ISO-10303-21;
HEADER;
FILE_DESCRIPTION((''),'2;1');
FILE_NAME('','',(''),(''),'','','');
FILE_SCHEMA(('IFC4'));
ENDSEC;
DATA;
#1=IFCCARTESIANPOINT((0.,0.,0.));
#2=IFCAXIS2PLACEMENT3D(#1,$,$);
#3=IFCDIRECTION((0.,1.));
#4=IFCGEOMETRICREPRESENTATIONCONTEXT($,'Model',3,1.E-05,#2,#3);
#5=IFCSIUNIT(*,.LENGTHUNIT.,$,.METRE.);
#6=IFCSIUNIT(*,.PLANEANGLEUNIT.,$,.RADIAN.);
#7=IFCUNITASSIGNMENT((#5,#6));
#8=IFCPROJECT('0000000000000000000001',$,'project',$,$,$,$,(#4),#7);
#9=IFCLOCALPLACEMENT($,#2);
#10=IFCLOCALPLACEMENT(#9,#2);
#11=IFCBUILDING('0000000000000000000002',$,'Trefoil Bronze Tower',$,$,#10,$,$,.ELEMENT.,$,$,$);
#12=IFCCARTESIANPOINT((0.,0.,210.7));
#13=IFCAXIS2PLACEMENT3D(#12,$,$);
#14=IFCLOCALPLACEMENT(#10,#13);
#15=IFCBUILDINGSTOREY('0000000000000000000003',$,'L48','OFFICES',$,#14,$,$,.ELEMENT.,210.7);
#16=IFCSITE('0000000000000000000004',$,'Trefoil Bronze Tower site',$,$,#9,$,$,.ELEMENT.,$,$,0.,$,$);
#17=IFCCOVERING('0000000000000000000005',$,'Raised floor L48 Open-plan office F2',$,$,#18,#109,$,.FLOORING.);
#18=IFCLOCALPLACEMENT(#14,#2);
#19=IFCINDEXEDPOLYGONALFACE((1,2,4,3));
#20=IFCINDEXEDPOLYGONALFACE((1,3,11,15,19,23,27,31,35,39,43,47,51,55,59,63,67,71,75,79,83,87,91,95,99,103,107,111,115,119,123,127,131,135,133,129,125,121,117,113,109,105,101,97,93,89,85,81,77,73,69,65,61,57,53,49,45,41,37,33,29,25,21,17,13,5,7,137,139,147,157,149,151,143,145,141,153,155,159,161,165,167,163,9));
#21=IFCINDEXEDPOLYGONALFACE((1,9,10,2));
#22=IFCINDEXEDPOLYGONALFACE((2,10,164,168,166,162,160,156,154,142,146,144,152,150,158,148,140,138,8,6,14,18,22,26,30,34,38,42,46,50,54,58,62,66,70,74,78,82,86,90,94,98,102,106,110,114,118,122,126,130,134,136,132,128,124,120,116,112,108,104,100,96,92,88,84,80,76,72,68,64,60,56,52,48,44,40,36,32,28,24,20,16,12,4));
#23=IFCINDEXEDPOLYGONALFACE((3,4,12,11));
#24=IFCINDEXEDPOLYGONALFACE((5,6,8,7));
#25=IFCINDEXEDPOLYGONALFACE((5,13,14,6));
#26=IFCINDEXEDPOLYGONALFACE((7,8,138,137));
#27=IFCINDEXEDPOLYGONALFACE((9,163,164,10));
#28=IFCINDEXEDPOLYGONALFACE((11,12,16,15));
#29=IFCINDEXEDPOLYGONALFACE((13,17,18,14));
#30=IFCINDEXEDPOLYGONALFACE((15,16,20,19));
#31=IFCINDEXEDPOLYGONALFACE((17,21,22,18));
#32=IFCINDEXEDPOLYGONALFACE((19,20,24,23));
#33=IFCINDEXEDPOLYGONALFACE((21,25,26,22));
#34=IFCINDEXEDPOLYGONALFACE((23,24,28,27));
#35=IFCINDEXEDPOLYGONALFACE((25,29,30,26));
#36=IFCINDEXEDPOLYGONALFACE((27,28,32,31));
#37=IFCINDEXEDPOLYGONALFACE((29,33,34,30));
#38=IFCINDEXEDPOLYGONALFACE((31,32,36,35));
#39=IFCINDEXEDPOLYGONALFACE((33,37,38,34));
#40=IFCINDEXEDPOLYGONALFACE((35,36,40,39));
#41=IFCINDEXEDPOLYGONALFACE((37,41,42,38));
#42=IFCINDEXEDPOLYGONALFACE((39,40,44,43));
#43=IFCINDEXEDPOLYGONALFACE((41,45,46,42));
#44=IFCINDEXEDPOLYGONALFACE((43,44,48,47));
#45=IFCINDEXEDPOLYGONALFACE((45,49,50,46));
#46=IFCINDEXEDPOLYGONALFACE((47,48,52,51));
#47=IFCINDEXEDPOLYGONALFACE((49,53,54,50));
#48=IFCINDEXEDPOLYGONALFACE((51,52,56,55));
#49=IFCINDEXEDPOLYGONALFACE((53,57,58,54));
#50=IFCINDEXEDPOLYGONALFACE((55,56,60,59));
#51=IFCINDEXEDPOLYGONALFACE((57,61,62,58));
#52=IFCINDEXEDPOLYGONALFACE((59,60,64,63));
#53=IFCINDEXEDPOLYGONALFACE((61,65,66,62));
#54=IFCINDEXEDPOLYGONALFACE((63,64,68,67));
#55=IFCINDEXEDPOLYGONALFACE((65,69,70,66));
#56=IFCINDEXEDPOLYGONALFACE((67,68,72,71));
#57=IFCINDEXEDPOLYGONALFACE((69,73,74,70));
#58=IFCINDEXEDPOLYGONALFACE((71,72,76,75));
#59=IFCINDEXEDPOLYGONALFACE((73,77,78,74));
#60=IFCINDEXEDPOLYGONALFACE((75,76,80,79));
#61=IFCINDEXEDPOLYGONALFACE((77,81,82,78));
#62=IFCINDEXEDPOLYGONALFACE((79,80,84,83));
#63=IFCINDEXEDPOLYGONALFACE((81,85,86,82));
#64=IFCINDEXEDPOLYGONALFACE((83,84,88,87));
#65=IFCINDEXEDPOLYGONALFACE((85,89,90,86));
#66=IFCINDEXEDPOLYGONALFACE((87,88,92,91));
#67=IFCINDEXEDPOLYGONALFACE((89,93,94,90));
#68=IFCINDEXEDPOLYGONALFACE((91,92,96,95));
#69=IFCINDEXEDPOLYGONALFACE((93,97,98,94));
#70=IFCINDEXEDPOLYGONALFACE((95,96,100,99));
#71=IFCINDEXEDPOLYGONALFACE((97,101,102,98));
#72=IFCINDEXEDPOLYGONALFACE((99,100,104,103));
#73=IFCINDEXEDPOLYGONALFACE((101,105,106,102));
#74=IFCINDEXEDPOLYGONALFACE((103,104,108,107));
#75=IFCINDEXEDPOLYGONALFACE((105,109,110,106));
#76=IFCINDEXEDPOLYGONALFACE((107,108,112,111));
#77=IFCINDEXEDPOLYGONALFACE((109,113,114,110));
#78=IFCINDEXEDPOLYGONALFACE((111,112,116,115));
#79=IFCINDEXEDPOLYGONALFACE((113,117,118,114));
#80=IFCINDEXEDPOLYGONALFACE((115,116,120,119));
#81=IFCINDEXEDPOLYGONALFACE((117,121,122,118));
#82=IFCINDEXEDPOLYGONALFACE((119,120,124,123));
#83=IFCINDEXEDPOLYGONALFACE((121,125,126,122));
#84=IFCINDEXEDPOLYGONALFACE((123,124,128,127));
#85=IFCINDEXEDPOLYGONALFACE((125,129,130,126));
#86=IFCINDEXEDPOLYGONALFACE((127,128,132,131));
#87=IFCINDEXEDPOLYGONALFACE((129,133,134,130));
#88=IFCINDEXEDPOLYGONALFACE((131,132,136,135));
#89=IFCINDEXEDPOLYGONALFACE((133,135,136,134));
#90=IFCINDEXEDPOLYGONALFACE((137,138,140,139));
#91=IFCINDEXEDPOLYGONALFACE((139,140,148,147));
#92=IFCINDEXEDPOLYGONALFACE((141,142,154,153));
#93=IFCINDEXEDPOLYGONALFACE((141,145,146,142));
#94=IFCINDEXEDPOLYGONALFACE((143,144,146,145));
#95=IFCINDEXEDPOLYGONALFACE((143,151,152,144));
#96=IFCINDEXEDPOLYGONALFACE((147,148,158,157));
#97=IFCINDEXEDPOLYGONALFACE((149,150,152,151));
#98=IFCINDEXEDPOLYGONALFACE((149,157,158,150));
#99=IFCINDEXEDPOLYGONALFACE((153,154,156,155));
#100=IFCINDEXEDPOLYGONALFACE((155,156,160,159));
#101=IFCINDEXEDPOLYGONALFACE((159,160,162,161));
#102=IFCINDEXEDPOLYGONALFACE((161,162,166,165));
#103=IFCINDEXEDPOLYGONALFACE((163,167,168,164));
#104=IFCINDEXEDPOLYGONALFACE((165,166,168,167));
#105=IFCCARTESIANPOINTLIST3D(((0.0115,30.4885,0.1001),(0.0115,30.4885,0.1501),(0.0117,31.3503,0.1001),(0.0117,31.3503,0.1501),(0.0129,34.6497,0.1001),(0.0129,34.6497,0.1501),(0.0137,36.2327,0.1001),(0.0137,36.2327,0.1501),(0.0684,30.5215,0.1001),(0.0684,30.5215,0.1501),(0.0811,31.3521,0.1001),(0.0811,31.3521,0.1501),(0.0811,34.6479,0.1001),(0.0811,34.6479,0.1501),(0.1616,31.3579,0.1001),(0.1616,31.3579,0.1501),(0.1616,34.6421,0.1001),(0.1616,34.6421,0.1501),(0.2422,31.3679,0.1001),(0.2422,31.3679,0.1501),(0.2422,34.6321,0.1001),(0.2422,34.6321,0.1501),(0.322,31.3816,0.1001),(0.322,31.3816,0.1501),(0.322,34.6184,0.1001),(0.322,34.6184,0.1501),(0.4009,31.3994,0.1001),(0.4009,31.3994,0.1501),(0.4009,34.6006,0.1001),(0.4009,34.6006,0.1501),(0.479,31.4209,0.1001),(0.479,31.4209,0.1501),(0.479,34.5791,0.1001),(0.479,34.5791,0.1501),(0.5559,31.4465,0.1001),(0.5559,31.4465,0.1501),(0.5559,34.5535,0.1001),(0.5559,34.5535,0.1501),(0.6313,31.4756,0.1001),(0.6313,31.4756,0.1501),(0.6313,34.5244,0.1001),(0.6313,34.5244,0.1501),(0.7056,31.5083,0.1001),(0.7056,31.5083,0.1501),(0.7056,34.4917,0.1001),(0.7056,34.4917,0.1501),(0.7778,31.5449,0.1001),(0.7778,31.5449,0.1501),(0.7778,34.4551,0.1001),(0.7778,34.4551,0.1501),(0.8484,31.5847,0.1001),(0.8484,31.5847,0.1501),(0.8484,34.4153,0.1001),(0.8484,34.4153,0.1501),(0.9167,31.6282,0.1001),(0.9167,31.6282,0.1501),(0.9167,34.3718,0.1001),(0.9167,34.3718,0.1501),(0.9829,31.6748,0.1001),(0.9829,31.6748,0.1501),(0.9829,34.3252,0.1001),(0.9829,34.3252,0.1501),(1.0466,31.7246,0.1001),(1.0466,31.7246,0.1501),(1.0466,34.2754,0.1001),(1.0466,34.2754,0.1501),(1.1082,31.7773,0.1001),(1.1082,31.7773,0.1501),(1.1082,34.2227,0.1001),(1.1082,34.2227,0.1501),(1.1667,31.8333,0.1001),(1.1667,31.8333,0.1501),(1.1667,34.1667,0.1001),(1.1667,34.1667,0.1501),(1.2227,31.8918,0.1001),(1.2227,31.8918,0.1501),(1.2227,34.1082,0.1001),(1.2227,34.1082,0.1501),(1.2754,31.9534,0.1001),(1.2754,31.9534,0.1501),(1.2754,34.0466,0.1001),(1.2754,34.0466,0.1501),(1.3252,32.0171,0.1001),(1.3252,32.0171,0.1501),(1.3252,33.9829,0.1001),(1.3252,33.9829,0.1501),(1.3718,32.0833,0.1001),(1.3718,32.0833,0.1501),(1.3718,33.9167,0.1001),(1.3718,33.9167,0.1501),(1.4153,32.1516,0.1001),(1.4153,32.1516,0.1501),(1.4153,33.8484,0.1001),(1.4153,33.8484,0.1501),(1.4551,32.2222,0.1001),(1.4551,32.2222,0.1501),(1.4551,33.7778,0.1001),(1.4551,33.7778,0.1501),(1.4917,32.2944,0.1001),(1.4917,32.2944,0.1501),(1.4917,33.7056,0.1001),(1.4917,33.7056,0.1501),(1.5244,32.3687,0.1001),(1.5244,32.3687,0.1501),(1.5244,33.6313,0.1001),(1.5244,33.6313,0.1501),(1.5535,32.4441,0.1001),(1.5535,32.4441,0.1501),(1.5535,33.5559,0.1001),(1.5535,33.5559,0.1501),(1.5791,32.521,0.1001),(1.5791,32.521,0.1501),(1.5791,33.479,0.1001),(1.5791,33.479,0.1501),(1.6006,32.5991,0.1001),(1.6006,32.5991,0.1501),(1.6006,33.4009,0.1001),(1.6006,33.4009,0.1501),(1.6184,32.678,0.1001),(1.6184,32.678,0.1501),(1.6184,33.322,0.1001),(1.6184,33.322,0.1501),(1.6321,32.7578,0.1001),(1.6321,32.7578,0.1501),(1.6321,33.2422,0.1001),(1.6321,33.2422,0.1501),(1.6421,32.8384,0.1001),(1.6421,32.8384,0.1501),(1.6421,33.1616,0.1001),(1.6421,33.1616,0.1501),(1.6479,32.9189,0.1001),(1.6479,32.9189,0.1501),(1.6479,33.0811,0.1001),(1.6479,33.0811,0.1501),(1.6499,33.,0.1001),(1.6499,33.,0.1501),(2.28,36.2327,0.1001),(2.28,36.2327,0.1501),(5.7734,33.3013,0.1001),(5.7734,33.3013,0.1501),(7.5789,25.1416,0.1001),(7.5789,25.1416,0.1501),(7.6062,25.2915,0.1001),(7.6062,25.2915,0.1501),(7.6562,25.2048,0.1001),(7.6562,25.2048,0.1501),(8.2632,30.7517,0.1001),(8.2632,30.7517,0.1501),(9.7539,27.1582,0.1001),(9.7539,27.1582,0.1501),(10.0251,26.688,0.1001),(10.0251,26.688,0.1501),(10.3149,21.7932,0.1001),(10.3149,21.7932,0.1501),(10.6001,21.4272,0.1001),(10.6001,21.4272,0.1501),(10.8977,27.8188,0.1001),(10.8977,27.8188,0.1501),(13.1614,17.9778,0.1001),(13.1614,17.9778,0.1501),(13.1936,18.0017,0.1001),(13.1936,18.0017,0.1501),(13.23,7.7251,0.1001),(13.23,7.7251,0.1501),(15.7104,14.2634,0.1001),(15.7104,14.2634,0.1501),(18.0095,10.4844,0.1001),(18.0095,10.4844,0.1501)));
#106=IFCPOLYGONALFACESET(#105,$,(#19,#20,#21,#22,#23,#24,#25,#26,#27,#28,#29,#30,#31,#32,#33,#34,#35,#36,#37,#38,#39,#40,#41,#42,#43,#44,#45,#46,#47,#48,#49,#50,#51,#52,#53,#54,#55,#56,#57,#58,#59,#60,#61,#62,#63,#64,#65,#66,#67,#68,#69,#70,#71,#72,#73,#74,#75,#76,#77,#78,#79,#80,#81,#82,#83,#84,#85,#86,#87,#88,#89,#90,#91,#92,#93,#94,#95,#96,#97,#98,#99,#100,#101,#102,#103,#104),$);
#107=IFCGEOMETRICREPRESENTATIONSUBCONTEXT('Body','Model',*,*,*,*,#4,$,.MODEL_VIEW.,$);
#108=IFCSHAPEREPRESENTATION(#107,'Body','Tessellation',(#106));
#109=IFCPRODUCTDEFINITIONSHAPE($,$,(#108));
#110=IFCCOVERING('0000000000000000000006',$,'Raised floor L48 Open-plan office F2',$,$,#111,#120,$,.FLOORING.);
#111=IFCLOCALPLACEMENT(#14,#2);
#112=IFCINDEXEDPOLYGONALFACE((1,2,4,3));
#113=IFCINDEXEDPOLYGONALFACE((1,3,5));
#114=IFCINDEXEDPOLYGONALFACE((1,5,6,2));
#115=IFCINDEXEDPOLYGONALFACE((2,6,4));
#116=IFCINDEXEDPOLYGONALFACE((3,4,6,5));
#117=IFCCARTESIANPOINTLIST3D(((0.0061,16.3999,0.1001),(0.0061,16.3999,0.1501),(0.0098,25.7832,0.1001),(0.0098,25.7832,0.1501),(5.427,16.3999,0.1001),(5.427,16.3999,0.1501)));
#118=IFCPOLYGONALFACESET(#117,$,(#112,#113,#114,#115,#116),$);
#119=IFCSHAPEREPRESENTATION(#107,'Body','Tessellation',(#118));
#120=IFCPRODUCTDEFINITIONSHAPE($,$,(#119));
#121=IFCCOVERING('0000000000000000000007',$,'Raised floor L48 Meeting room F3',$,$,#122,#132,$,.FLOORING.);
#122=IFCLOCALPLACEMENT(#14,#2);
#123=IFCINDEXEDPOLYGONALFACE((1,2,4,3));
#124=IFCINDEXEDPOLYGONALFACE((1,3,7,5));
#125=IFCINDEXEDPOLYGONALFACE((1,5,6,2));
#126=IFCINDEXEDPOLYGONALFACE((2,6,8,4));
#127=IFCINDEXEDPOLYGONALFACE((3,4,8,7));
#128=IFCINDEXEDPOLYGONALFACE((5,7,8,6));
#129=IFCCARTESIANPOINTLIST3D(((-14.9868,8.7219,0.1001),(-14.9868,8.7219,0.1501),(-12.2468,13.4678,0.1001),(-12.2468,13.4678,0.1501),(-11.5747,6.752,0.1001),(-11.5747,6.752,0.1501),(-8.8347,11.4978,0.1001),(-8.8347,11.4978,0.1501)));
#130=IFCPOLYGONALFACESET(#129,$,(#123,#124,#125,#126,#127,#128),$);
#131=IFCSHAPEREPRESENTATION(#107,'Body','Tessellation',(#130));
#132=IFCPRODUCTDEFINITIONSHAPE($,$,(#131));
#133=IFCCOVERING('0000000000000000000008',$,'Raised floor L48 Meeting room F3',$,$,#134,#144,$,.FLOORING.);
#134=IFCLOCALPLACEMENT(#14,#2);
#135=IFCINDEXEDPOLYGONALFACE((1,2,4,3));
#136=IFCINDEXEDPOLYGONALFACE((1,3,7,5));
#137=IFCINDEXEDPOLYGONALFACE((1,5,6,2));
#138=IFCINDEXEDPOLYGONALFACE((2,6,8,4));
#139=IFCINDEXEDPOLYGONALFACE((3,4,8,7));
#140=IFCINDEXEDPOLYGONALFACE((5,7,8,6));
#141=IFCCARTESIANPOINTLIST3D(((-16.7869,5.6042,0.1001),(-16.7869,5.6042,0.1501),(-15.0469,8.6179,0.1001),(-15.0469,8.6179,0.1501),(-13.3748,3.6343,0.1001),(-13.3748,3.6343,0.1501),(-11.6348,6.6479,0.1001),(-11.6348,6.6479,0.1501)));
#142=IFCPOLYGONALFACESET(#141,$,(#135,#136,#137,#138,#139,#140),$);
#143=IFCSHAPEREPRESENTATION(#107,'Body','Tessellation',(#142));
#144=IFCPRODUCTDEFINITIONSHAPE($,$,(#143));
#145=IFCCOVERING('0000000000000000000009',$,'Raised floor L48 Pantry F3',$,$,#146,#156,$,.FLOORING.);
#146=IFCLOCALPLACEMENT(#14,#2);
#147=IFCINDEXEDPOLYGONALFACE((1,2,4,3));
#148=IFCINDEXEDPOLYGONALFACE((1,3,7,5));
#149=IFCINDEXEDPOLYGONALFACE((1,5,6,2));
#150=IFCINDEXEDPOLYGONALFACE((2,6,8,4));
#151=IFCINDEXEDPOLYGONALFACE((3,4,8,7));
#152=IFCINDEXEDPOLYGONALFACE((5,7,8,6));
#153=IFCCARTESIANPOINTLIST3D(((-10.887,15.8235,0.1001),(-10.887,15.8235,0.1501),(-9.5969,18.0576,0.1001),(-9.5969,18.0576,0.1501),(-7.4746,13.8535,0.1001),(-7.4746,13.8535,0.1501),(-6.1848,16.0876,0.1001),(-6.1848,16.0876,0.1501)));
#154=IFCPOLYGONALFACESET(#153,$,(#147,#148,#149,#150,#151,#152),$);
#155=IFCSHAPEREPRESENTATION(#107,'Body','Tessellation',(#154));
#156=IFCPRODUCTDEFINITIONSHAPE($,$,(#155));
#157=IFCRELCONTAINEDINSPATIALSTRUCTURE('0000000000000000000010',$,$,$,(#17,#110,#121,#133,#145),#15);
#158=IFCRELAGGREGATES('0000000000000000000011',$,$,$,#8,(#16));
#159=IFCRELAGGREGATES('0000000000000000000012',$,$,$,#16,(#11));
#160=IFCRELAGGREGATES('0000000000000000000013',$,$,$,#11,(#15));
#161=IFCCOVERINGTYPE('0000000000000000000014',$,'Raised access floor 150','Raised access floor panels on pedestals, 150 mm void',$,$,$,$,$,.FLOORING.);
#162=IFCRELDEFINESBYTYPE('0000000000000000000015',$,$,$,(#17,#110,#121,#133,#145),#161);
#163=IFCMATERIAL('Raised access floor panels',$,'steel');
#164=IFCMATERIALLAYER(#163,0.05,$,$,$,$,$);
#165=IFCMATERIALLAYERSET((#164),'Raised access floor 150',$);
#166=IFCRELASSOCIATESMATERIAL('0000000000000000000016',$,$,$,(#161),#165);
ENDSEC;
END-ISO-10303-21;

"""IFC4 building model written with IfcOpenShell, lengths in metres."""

from ifc_helpers import new_model, si_unit, direction, frame, origin, place, context, subcontext, project, spatial, polyline, outline, extrude, material, layer, layer_set, type_object, element, save


model = new_model("IFC4")

# Units and contexts
model_context = context("Model", 3, precision=1e-05, world=origin(), true_north=direction((0.0, 1.0)))
body_context = subcontext(model_context, "Body", "Model", "MODEL_VIEW")
ifc_project = project(units=[si_unit("LENGTHUNIT", "METRE"), si_unit("PLANEANGLEUNIT", "RADIAN")], contexts=[model_context])

# Site, building, storey
site_placement = place(None, origin())
site = spatial("IfcSite", under=ifc_project, at=site_placement, Name="Trefoil Bronze Tower site", CompositionType="ELEMENT", RefElevation=0.0)
building_placement = place(site_placement, origin())
building = spatial("IfcBuilding", under=site, at=building_placement, Name="Trefoil Bronze Tower", CompositionType="ELEMENT")
storey_placement = place(building_placement, frame((0.0, 0.0, 210.7)))
storey = spatial("IfcBuildingStorey", under=building, at=storey_placement, Name="L48", Description="OFFICES", CompositionType="ELEMENT", Elevation=210.7)

# Coverings
ifc_material_1 = material(Name="Raised access floor panels", Category="steel")
ifc_layer_1 = layer(ifc_material_1, 0.05)
ifc_layer_set_1 = layer_set([ifc_layer_1], Name="Raised access floor 150")
covering_type_1 = type_object("IfcCoveringType", Name="Raised access floor 150", Description="Raised access floor panels on pedestals, 150 mm void", PredefinedType="FLOORING", material=ifc_layer_set_1)
covering_1_placement = place(storey_placement, frame((0.0, 0.0, 0.1001)))
element("IfcCovering", 1, at=covering_1_placement, inside=storey, type_object=covering_type_1, Name="Raised floor L48 Open-plan office F2", PredefinedType="FLOORING", context=body_context, shape_type="SweptSolid", body=[
    extrude(outline(polyline([(0.0129, 34.6497), (0.0137, 36.2327), (2.28, 36.2327), (5.7734, 33.3013), (8.2632, 30.7517), (10.8977, 27.8188), (9.7539, 27.1582), (10.0251, 26.688), (7.6062, 25.2915), (7.6562, 25.2048), (7.5789, 25.1416), (10.3149, 21.7932), (10.6001, 21.4272), (13.1614, 17.9778), (13.1936, 18.0017), (15.7104, 14.2634), (18.0095, 10.4844), (13.23, 7.7251), (0.0684, 30.5215), (0.0115, 30.4885), (0.0117, 31.3503), (0.0811, 31.3521), (0.1616, 31.3579), (0.2422, 31.3679), (0.322, 31.3816), (0.4009, 31.3994), (0.479, 31.4209), (0.5559, 31.4465), (0.6313, 31.4756), (0.7056, 31.5083), (0.7778, 31.5449), (0.8484, 31.5847), (0.9167, 31.6282), (0.9829, 31.6748), (1.0466, 31.7246), (1.1082, 31.7773), (1.1667, 31.8333), (1.2227, 31.8918), (1.2754, 31.9534), (1.3252, 32.0171), (1.3718, 32.0833), (1.4153, 32.1516), (1.4551, 32.2222), (1.4917, 32.2944), (1.5244, 32.3687), (1.5535, 32.4441), (1.5791, 32.521), (1.6006, 32.5991), (1.6184, 32.678), (1.6321, 32.7578), (1.6421, 32.8384), (1.6479, 32.9189), (1.6499, 33.0), (1.6479, 33.0811), (1.6421, 33.1616), (1.6321, 33.2422), (1.6184, 33.322), (1.6006, 33.4009), (1.5791, 33.479), (1.5535, 33.5559), (1.5244, 33.6313), (1.4917, 33.7056), (1.4551, 33.7778), (1.4153, 33.8484), (1.3718, 33.9167), (1.3252, 33.9829), (1.2754, 34.0466), (1.2227, 34.1082), (1.1667, 34.1667), (1.1082, 34.2227), (1.0466, 34.2754), (0.9829, 34.3252), (0.9167, 34.3718), (0.8484, 34.4153), (0.7778, 34.4551), (0.7056, 34.4917), (0.6313, 34.5244), (0.5559, 34.5535), (0.479, 34.5791), (0.4009, 34.6006), (0.322, 34.6184), (0.2422, 34.6321), (0.1616, 34.6421), (0.0811, 34.6479), (0.0129, 34.6497)])), origin(), (0.0, 0.0, 1.0), 0.05),
])
covering_2_placement = place(storey_placement, frame((0.0, 0.0, 0.1001)))
element("IfcCovering", 2, at=covering_2_placement, inside=storey, type_object=covering_type_1, Name="Raised floor L48 Open-plan office F2", PredefinedType="FLOORING", context=body_context, shape_type="SweptSolid", body=[
    extrude(outline(polyline([(0.0061, 16.3999), (0.0098, 25.7832), (5.427, 16.3999), (0.0061, 16.3999)])), origin(), (0.0, 0.0, 1.0), 0.05),
])
covering_3_placement = place(storey_placement, frame((0.0, 0.0, 0.1001)))
element("IfcCovering", 3, at=covering_3_placement, inside=storey, type_object=covering_type_1, Name="Raised floor L48 Meeting room F3", PredefinedType="FLOORING", context=body_context, shape_type="SweptSolid", body=[
    extrude(outline(polyline([(-11.5747, 6.752), (-14.9868, 8.7219), (-12.2468, 13.4678), (-8.8347, 11.4978), (-11.5747, 6.752)])), origin(), (0.0, 0.0, 1.0), 0.05),
])
covering_4_placement = place(storey_placement, frame((0.0, 0.0, 0.1001)))
element("IfcCovering", 4, at=covering_4_placement, inside=storey, type_object=covering_type_1, Name="Raised floor L48 Meeting room F3", PredefinedType="FLOORING", context=body_context, shape_type="SweptSolid", body=[
    extrude(outline(polyline([(-13.3748, 3.6343), (-16.7869, 5.6042), (-15.0469, 8.6179), (-11.6348, 6.6479), (-13.3748, 3.6343)])), origin(), (0.0, 0.0, 1.0), 0.05),
])
covering_5_placement = place(storey_placement, frame((0.0, 0.0, 0.1001)))
element("IfcCovering", 5, at=covering_5_placement, inside=storey, type_object=covering_type_1, Name="Raised floor L48 Pantry F3", PredefinedType="FLOORING", context=body_context, shape_type="SweptSolid", body=[
    extrude(outline(polyline([(-7.4746, 13.8535), (-10.887, 15.8235), (-9.5969, 18.0576), (-6.1848, 16.0876), (-7.4746, 13.8535)])), origin(), (0.0, 0.0, 1.0), 0.05),
])

save(model, "model.ifc")
